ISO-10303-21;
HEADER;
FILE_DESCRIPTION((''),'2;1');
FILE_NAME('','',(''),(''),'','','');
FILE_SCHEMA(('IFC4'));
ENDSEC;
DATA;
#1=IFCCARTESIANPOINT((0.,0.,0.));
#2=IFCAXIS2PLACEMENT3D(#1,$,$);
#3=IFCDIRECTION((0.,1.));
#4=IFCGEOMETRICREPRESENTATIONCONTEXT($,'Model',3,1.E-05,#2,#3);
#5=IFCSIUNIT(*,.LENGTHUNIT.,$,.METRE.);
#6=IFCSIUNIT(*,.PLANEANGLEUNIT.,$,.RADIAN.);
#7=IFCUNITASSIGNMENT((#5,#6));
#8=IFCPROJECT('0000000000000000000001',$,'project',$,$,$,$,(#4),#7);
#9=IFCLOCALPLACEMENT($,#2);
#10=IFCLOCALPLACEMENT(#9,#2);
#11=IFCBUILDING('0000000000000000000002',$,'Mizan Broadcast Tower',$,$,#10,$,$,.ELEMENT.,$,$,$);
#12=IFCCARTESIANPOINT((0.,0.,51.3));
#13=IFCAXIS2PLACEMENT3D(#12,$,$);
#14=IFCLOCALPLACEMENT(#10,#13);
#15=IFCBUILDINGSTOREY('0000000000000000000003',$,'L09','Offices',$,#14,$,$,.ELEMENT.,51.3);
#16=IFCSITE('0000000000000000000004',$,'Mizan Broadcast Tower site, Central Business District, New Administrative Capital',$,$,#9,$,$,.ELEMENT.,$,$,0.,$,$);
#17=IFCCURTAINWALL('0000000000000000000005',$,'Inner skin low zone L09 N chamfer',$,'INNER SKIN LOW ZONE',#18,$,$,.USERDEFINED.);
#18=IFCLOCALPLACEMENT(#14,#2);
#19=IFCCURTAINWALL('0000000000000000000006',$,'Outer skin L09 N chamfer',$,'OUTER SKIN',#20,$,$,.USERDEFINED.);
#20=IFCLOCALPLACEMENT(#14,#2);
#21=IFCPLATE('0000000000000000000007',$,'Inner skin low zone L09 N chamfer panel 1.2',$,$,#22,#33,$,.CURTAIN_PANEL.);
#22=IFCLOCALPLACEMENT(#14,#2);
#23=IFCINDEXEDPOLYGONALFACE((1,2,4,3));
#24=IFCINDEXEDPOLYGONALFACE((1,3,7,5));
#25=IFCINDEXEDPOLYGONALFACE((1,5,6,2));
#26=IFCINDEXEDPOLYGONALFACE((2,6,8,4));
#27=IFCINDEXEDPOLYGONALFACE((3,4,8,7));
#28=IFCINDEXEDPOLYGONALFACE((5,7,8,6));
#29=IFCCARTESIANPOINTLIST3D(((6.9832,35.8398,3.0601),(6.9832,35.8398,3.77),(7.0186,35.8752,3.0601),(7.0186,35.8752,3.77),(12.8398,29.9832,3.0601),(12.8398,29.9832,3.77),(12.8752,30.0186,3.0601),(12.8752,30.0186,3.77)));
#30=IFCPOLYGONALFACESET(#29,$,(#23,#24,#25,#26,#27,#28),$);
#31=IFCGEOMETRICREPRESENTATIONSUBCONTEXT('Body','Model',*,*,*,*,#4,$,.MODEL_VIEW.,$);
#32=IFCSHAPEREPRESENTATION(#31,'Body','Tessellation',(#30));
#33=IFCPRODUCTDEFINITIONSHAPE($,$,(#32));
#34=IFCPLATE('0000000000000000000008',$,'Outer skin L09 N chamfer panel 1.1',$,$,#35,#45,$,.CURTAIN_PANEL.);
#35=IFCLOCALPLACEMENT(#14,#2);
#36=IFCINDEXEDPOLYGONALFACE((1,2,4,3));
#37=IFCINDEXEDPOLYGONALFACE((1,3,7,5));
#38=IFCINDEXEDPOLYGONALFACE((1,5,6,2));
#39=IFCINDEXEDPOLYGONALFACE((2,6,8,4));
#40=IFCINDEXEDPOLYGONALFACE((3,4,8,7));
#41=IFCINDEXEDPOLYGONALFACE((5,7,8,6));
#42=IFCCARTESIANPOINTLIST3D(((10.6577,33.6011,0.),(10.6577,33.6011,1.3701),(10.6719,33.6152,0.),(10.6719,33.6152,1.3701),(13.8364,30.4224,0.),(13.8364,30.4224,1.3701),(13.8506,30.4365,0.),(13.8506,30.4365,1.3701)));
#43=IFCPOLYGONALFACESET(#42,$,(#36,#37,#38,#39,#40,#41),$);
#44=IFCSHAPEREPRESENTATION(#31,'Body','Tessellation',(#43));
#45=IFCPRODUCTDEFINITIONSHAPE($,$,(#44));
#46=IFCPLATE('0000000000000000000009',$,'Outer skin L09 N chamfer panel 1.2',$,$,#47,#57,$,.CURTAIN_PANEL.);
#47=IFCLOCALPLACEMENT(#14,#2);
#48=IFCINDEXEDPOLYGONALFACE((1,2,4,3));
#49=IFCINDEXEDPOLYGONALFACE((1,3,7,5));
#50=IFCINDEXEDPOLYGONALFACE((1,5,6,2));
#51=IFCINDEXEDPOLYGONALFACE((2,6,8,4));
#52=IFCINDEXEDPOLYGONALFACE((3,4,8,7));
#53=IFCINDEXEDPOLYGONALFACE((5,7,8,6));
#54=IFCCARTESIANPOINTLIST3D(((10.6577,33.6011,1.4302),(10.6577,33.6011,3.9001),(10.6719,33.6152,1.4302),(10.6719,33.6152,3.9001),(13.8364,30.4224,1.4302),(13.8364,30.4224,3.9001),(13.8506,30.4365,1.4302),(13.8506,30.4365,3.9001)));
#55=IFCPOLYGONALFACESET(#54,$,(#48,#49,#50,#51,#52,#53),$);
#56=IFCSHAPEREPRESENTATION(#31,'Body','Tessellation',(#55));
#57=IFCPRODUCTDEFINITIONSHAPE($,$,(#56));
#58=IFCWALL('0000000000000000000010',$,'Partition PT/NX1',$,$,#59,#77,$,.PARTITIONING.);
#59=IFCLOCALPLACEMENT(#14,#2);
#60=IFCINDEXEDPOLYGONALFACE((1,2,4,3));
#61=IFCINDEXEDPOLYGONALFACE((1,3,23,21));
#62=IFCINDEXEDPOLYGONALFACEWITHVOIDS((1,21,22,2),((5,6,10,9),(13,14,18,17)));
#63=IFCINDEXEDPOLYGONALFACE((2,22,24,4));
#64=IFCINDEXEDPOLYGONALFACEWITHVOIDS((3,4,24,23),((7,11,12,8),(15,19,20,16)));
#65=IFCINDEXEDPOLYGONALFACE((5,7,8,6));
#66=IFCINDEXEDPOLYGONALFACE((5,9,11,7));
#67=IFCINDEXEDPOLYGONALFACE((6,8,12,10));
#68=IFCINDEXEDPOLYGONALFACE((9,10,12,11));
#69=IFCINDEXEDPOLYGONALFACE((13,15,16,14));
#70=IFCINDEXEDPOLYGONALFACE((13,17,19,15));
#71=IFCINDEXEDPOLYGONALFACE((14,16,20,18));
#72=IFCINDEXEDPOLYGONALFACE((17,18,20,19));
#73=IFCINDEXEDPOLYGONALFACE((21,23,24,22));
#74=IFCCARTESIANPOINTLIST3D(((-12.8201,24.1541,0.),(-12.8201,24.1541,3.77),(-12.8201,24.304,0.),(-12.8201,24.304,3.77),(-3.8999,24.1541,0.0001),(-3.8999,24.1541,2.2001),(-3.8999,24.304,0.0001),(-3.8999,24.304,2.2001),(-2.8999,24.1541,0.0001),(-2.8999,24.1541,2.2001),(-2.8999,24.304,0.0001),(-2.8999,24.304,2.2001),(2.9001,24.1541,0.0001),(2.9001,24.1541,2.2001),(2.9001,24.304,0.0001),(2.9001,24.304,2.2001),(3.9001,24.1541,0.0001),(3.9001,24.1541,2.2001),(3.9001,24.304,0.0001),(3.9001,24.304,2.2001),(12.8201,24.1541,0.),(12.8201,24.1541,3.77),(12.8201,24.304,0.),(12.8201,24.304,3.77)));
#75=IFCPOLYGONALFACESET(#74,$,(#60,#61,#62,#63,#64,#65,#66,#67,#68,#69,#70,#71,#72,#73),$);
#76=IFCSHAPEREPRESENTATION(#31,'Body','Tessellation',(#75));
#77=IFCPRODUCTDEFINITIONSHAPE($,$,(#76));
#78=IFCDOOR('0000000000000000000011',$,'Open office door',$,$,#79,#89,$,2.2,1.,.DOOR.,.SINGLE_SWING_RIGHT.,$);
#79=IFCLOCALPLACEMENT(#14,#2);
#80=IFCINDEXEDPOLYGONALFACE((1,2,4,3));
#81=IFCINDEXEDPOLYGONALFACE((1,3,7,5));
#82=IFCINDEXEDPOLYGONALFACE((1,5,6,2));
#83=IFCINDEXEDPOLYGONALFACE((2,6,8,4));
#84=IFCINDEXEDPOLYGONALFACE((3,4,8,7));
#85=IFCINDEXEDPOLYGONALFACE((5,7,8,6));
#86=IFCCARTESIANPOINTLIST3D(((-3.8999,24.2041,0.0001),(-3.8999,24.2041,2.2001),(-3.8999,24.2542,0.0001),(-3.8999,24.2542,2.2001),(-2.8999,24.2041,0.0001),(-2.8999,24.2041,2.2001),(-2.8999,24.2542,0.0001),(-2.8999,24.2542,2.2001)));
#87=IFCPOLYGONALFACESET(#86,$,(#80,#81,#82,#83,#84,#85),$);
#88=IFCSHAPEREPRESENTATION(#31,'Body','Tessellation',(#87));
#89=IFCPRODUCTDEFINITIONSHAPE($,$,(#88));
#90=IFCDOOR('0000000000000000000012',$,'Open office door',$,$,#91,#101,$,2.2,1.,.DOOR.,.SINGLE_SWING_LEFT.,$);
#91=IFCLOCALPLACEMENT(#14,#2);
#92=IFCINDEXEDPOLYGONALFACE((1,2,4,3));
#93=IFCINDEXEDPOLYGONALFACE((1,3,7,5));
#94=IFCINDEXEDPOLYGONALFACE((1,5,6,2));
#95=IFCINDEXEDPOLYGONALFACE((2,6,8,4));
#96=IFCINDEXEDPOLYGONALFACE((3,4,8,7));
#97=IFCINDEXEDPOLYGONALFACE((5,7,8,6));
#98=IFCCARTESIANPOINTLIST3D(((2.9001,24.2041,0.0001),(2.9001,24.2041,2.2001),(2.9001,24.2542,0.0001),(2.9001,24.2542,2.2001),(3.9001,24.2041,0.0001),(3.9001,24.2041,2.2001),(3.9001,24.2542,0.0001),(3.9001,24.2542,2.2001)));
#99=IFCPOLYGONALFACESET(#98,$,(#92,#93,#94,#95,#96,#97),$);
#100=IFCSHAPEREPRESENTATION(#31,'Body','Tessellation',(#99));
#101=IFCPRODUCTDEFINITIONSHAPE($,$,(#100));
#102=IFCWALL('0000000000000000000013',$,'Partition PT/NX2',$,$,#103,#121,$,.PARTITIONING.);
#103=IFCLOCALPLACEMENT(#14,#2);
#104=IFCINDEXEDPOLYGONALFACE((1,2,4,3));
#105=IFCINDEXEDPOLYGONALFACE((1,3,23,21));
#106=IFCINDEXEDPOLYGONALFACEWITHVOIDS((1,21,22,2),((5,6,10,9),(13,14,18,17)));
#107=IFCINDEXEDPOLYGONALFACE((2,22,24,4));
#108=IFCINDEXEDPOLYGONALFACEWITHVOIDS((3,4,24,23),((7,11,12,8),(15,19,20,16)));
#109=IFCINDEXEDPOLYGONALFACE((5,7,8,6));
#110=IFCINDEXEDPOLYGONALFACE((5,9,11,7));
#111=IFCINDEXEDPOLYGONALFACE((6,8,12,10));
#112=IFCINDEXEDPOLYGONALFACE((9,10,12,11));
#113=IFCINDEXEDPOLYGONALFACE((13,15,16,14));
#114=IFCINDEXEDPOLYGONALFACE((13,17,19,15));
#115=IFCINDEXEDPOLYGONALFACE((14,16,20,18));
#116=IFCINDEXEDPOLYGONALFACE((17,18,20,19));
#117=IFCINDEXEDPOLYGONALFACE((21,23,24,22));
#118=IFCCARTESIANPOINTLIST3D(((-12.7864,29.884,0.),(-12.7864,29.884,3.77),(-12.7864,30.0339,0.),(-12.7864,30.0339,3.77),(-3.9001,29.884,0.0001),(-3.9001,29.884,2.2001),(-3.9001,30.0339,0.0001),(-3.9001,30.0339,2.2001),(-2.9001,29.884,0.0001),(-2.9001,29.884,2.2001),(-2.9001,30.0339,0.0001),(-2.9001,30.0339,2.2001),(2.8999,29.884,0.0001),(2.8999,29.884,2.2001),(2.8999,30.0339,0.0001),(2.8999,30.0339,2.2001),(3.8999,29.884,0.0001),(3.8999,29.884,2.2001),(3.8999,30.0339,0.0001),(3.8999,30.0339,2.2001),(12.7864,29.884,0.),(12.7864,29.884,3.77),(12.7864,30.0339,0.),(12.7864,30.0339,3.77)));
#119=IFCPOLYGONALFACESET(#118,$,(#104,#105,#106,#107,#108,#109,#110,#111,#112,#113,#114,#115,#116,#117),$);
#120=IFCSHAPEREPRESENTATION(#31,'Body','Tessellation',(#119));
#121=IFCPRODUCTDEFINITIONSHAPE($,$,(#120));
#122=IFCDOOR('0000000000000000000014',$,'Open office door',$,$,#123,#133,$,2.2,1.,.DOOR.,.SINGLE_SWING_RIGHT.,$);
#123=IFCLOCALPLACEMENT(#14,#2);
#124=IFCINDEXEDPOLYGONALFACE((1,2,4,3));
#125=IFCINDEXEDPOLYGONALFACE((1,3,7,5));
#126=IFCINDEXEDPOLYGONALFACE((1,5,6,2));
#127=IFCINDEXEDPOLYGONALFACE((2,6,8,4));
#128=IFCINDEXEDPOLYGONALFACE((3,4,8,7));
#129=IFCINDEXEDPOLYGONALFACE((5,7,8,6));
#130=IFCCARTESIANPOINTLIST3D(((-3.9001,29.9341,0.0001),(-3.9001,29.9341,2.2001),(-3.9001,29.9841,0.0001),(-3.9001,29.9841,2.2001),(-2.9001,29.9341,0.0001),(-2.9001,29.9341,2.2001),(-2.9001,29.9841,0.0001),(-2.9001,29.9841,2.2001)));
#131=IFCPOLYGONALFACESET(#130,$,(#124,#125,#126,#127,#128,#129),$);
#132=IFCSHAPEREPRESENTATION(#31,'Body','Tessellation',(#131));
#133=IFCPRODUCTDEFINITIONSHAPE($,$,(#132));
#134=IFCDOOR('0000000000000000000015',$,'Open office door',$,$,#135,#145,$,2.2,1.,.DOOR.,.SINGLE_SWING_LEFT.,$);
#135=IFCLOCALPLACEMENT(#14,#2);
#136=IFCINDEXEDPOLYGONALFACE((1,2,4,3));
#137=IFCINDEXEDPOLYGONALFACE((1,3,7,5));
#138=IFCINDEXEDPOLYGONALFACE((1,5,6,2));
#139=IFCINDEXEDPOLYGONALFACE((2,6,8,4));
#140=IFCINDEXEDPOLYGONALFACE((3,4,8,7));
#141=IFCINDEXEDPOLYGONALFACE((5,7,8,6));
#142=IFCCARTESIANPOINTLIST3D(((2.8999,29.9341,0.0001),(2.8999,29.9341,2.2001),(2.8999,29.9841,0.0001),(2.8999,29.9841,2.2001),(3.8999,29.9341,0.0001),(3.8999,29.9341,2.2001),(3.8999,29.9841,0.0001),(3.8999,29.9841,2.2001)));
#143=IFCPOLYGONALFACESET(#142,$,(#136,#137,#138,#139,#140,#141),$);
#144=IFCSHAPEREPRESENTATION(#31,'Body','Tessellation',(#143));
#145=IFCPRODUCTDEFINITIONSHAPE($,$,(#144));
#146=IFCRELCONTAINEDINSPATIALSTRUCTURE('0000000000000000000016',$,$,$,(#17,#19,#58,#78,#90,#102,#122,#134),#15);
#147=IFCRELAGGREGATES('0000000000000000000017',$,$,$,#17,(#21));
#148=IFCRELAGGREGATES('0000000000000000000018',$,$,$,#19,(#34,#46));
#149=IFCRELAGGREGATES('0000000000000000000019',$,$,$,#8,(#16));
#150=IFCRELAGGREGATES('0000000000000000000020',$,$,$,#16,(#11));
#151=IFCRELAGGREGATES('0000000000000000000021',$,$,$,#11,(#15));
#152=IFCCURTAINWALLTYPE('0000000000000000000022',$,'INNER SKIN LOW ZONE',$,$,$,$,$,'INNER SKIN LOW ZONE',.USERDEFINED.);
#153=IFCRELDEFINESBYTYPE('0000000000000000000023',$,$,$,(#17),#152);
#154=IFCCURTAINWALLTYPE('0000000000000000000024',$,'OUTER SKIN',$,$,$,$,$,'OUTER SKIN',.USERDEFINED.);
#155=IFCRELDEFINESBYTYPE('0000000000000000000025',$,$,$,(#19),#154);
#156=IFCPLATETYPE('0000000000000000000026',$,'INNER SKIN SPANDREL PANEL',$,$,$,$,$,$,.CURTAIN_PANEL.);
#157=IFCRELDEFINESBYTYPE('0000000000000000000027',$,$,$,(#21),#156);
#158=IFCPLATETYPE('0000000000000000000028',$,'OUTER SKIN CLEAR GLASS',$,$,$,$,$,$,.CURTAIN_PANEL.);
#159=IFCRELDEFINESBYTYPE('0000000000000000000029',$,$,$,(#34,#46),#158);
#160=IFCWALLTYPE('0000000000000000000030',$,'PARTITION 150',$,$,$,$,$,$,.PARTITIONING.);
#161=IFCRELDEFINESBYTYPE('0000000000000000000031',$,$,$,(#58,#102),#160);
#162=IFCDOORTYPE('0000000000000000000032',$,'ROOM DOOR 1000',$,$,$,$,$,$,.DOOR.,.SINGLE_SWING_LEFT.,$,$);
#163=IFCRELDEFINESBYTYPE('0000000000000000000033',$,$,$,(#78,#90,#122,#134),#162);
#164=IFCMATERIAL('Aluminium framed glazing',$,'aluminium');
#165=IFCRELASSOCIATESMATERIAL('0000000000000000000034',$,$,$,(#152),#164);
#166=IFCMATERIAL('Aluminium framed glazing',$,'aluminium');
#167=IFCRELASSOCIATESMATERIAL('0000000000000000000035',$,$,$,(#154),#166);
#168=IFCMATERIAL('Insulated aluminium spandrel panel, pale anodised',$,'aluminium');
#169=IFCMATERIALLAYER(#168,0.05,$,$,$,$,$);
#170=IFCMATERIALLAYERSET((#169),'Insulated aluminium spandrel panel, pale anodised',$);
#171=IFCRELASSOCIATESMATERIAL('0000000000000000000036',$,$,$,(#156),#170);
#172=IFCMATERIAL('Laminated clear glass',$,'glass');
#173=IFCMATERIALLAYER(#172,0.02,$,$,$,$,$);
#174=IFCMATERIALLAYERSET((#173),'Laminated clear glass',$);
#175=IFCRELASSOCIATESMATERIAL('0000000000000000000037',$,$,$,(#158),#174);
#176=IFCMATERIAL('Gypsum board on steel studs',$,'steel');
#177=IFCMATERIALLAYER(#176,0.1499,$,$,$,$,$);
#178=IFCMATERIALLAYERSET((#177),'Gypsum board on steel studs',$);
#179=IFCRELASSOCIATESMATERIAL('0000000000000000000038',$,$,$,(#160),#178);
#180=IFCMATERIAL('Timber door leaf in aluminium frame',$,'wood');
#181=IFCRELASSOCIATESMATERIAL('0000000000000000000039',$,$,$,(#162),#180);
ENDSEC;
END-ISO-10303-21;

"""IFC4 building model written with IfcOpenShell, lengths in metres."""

from ifc_helpers import new_model, si_unit, direction, frame, frame_2d, origin, origin_2d, place, context, subcontext, project, spatial, rectangle, extrude, material, layer, layer_set, type_object, element, fill, aggregate, save


model = new_model("IFC4")

# Units and contexts
model_context = context("Model", 3, precision=1e-05, world=origin(), true_north=direction((0.0, 1.0)))
body_context = subcontext(model_context, "Body", "Model", "MODEL_VIEW")
ifc_project = project(units=[si_unit("LENGTHUNIT", "METRE"), si_unit("PLANEANGLEUNIT", "RADIAN")], contexts=[model_context])

# Site, building, storey
site_placement = place(None, origin())
site = spatial("IfcSite", under=ifc_project, at=site_placement, Name="Mizan Broadcast Tower site, Central Business District, New Administrative Capital", CompositionType="ELEMENT", RefElevation=0.0)
building_placement = place(site_placement, origin())
building = spatial("IfcBuilding", under=site, at=building_placement, Name="Mizan Broadcast Tower", CompositionType="ELEMENT")
storey_placement = place(building_placement, frame((0.0, 0.0, 51.3)))
storey = spatial("IfcBuildingStorey", under=building, at=storey_placement, Name="L09", Description="Offices", CompositionType="ELEMENT", Elevation=51.3)

# Shared definitions
ifc_material_1 = material(Name="Aluminium framed glazing", Category="aluminium")
curtain_wall_type_1 = type_object("IfcCurtainWallType", Name="INNER SKIN LOW ZONE", ElementType="INNER SKIN LOW ZONE", PredefinedType="USERDEFINED", material=ifc_material_1)

# Curtain wall
curtain_wall_1_placement = place(storey_placement, origin())
curtain_wall_1 = element("IfcCurtainWall", 1, at=curtain_wall_1_placement, inside=storey, type_object=curtain_wall_type_1, Name="Inner skin low zone L09 N chamfer", ObjectType="INNER SKIN LOW ZONE", PredefinedType="USERDEFINED")

# Curtain wall
ifc_material_2 = material(Name="Aluminium framed glazing", Category="aluminium")
curtain_wall_type_2 = type_object("IfcCurtainWallType", Name="OUTER SKIN", ElementType="OUTER SKIN", PredefinedType="USERDEFINED", material=ifc_material_2)
curtain_wall_2_placement = place(storey_placement, origin())
curtain_wall_2 = element("IfcCurtainWall", 2, at=curtain_wall_2_placement, inside=storey, type_object=curtain_wall_type_2, Name="Outer skin L09 N chamfer", ObjectType="OUTER SKIN", PredefinedType="USERDEFINED")

# Plates
ifc_material_3 = material(Name="Insulated aluminium spandrel panel, pale anodised", Category="aluminium")
ifc_layer_1 = layer(ifc_material_3, 0.05)
ifc_layer_set_1 = layer_set([ifc_layer_1], Name="Insulated aluminium spandrel panel, pale anodised")
plate_type_1 = type_object("IfcPlateType", Name="INNER SKIN SPANDREL PANEL", PredefinedType="CURTAIN_PANEL", material=ifc_layer_set_1)
plate_1_placement = place(storey_placement, frame((9.9292, 32.9292, 3.0601), z_axis=(0.0, 0.0, 1.0), x_axis=(-0.707107, 0.707107, 0.0)))
plate_1 = element("IfcPlate", 3, at=plate_1_placement, type_object=plate_type_1, Name="Inner skin low zone L09 N chamfer panel 1.2", PredefinedType="CURTAIN_PANEL", context=body_context, shape_type="SweptSolid", body=[
    extrude(rectangle(XDim=8.2825, YDim=0.05, at=origin_2d()), origin(), (0.0, 0.0, 1.0), 0.71),
])
aggregate(curtain_wall_1, [plate_1])
ifc_material_4 = material(Name="Laminated clear glass", Category="glass")
ifc_layer_2 = layer(ifc_material_4, 0.02)
ifc_layer_set_2 = layer_set([ifc_layer_2], Name="Laminated clear glass")
plate_type_2 = type_object("IfcPlateType", Name="OUTER SKIN CLEAR GLASS", PredefinedType="CURTAIN_PANEL", material=ifc_layer_set_2)
plate_2_placement = place(storey_placement, frame((12.2542, 32.0188, 0.0), z_axis=(0.0, 0.0, 1.0), x_axis=(-0.707107, 0.707107, 0.0)))
plate_2 = element("IfcPlate", 4, at=plate_2_placement, type_object=plate_type_2, Name="Outer skin L09 N chamfer panel 1.1", PredefinedType="CURTAIN_PANEL", context=body_context, shape_type="SweptSolid", body=[
    extrude(rectangle(XDim=4.4954, YDim=0.02, at=origin_2d()), origin(), (0.0, 0.0, 1.0), 1.3701),
])
plate_3_placement = place(storey_placement, frame((12.2542, 32.0188, 1.4302), z_axis=(0.0, 0.0, 1.0), x_axis=(-0.707107, 0.707107, 0.0)))
plate_3 = element("IfcPlate", 5, at=plate_3_placement, type_object=plate_type_2, Name="Outer skin L09 N chamfer panel 1.2", PredefinedType="CURTAIN_PANEL", context=body_context, shape_type="SweptSolid", body=[
    extrude(rectangle(XDim=4.4954, YDim=0.02, at=origin_2d()), origin(), (0.0, 0.0, 1.0), 2.47),
])
aggregate(curtain_wall_2, [plate_2, plate_3])

# Walls, openings, doors
ifc_material_5 = material(Name="Gypsum board on steel studs", Category="steel")
ifc_layer_3 = layer(ifc_material_5, 0.1499)
ifc_layer_set_3 = layer_set([ifc_layer_3], Name="Gypsum board on steel studs")
wall_type = type_object("IfcWallType", Name="PARTITION 150", PredefinedType="PARTITIONING", material=ifc_layer_set_3)
wall_1_placement = place(storey_placement, frame((12.8201, 24.229, 0.0), z_axis=(0.0, 0.0, 1.0), x_axis=(-1.0, 0.0, 0.0)))
wall_1 = element("IfcWall", 6, at=wall_1_placement, inside=storey, type_object=wall_type, Name="Partition PT/NX1", PredefinedType="PARTITIONING", context=body_context, shape_type="SweptSolid", body=[
    extrude(rectangle(XDim=25.6401, YDim=0.1499, at=frame_2d((12.8201, 0.0))), origin(), (0.0, 0.0, 1.0), 3.77),
])
opening_1_placement = place(wall_1_placement, frame((15.72, 0.0, 0.0)))
opening_1 = element("IfcOpeningElement", 7, at=opening_1_placement, cuts=wall_1, PredefinedType="OPENING", context=body_context, shape_type="SweptSolid", body=[
    extrude(rectangle(XDim=1.0, YDim=2.2, at=frame_2d((0.5, 1.1001))), frame((0.0, 0.085, 0.0), z_axis=(0.0, -1.0, 0.0), x_axis=(1.0, 0.0, 0.0)), (0.0, 0.0, 1.0), 0.1699),
])
opening_2_placement = place(wall_1_placement, frame((8.9199, 0.0, 0.0)))
opening_2 = element("IfcOpeningElement", 8, at=opening_2_placement, cuts=wall_1, PredefinedType="OPENING", context=body_context, shape_type="SweptSolid", body=[
    extrude(rectangle(XDim=1.0, YDim=2.2, at=frame_2d((0.5, 1.1001))), frame((0.0, 0.085, 0.0), z_axis=(0.0, -1.0, 0.0), x_axis=(1.0, 0.0, 0.0)), (0.0, 0.0, 1.0), 0.1699),
])
ifc_material_6 = material(Name="Timber door leaf in aluminium frame", Category="wood")
door_type = type_object("IfcDoorType", Name="ROOM DOOR 1000", OperationType="SINGLE_SWING_LEFT", PredefinedType="DOOR", material=ifc_material_6)
door_1_placement = place(opening_1_placement, origin())
door_1 = element("IfcDoor", 9, at=door_1_placement, inside=storey, type_object=door_type, Name="Open office door", OperationType="SINGLE_SWING_RIGHT", OverallHeight=2.2, OverallWidth=1.0, PredefinedType="DOOR", context=body_context, shape_type="SweptSolid", body=[
    extrude(rectangle(XDim=1.0, YDim=2.2, at=frame_2d((0.5, 1.1001))), frame((0.0, 0.0249, 0.0), z_axis=(0.0, -1.0, 0.0), x_axis=(1.0, 0.0, 0.0)), (0.0, 0.0, 1.0), 0.05),
])
fill(opening_1, door_1)
door_2_placement = place(opening_2_placement, origin())
door_2 = element("IfcDoor", 10, at=door_2_placement, inside=storey, type_object=door_type, Name="Open office door", OperationType="SINGLE_SWING_LEFT", OverallHeight=2.2, OverallWidth=1.0, PredefinedType="DOOR", context=body_context, shape_type="SweptSolid", body=[
    extrude(rectangle(XDim=1.0, YDim=2.2, at=frame_2d((0.5, 1.1001))), frame((0.0, 0.0249, 0.0), z_axis=(0.0, -1.0, 0.0), x_axis=(1.0, 0.0, 0.0)), (0.0, 0.0, 1.0), 0.05),
])
fill(opening_2, door_2)
wall_2_placement = place(storey_placement, frame((12.7864, 29.959, 0.0), z_axis=(0.0, 0.0, 1.0), x_axis=(-1.0, 0.0, 0.0)))
wall_2 = element("IfcWall", 11, at=wall_2_placement, inside=storey, type_object=wall_type, Name="Partition PT/NX2", PredefinedType="PARTITIONING", context=body_context, shape_type="SweptSolid", body=[
    extrude(rectangle(XDim=25.5728, YDim=0.1499, at=frame_2d((12.7864, 0.0))), origin(), (0.0, 0.0, 1.0), 3.77),
])
opening_3_placement = place(wall_2_placement, frame((15.6865, 0.0, 0.0)))
opening_3 = element("IfcOpeningElement", 12, at=opening_3_placement, cuts=wall_2, PredefinedType="OPENING", context=body_context, shape_type="SweptSolid", body=[
    extrude(rectangle(XDim=1.0, YDim=2.2, at=frame_2d((0.5, 1.1001))), frame((0.0, 0.085, 0.0), z_axis=(0.0, -1.0, 0.0), x_axis=(1.0, 0.0, 0.0)), (0.0, 0.0, 1.0), 0.1699),
])
opening_4_placement = place(wall_2_placement, frame((8.8865, 0.0, 0.0)))
opening_4 = element("IfcOpeningElement", 13, at=opening_4_placement, cuts=wall_2, PredefinedType="OPENING", context=body_context, shape_type="SweptSolid", body=[
    extrude(rectangle(XDim=1.0, YDim=2.2, at=frame_2d((0.5, 1.1001))), frame((0.0, 0.085, 0.0), z_axis=(0.0, -1.0, 0.0), x_axis=(1.0, 0.0, 0.0)), (0.0, 0.0, 1.0), 0.1699),
])
door_3_placement = place(opening_3_placement, origin())
door_3 = element("IfcDoor", 14, at=door_3_placement, inside=storey, type_object=door_type, Name="Open office door", OperationType="SINGLE_SWING_RIGHT", OverallHeight=2.2, OverallWidth=1.0, PredefinedType="DOOR", context=body_context, shape_type="SweptSolid", body=[
    extrude(rectangle(XDim=1.0, YDim=2.2, at=frame_2d((0.5, 1.1001))), frame((0.0, 0.0249, 0.0), z_axis=(0.0, -1.0, 0.0), x_axis=(1.0, 0.0, 0.0)), (0.0, 0.0, 1.0), 0.05),
])
fill(opening_3, door_3)
door_4_placement = place(opening_4_placement, origin())
door_4 = element("IfcDoor", 15, at=door_4_placement, inside=storey, type_object=door_type, Name="Open office door", OperationType="SINGLE_SWING_LEFT", OverallHeight=2.2, OverallWidth=1.0, PredefinedType="DOOR", context=body_context, shape_type="SweptSolid", body=[
    extrude(rectangle(XDim=1.0, YDim=2.2, at=frame_2d((0.5, 1.1001))), frame((0.0, 0.0249, 0.0), z_axis=(0.0, -1.0, 0.0), x_axis=(1.0, 0.0, 0.0)), (0.0, 0.0, 1.0), 0.05),
])
fill(opening_4, door_4)

save(model, "model.ifc")
